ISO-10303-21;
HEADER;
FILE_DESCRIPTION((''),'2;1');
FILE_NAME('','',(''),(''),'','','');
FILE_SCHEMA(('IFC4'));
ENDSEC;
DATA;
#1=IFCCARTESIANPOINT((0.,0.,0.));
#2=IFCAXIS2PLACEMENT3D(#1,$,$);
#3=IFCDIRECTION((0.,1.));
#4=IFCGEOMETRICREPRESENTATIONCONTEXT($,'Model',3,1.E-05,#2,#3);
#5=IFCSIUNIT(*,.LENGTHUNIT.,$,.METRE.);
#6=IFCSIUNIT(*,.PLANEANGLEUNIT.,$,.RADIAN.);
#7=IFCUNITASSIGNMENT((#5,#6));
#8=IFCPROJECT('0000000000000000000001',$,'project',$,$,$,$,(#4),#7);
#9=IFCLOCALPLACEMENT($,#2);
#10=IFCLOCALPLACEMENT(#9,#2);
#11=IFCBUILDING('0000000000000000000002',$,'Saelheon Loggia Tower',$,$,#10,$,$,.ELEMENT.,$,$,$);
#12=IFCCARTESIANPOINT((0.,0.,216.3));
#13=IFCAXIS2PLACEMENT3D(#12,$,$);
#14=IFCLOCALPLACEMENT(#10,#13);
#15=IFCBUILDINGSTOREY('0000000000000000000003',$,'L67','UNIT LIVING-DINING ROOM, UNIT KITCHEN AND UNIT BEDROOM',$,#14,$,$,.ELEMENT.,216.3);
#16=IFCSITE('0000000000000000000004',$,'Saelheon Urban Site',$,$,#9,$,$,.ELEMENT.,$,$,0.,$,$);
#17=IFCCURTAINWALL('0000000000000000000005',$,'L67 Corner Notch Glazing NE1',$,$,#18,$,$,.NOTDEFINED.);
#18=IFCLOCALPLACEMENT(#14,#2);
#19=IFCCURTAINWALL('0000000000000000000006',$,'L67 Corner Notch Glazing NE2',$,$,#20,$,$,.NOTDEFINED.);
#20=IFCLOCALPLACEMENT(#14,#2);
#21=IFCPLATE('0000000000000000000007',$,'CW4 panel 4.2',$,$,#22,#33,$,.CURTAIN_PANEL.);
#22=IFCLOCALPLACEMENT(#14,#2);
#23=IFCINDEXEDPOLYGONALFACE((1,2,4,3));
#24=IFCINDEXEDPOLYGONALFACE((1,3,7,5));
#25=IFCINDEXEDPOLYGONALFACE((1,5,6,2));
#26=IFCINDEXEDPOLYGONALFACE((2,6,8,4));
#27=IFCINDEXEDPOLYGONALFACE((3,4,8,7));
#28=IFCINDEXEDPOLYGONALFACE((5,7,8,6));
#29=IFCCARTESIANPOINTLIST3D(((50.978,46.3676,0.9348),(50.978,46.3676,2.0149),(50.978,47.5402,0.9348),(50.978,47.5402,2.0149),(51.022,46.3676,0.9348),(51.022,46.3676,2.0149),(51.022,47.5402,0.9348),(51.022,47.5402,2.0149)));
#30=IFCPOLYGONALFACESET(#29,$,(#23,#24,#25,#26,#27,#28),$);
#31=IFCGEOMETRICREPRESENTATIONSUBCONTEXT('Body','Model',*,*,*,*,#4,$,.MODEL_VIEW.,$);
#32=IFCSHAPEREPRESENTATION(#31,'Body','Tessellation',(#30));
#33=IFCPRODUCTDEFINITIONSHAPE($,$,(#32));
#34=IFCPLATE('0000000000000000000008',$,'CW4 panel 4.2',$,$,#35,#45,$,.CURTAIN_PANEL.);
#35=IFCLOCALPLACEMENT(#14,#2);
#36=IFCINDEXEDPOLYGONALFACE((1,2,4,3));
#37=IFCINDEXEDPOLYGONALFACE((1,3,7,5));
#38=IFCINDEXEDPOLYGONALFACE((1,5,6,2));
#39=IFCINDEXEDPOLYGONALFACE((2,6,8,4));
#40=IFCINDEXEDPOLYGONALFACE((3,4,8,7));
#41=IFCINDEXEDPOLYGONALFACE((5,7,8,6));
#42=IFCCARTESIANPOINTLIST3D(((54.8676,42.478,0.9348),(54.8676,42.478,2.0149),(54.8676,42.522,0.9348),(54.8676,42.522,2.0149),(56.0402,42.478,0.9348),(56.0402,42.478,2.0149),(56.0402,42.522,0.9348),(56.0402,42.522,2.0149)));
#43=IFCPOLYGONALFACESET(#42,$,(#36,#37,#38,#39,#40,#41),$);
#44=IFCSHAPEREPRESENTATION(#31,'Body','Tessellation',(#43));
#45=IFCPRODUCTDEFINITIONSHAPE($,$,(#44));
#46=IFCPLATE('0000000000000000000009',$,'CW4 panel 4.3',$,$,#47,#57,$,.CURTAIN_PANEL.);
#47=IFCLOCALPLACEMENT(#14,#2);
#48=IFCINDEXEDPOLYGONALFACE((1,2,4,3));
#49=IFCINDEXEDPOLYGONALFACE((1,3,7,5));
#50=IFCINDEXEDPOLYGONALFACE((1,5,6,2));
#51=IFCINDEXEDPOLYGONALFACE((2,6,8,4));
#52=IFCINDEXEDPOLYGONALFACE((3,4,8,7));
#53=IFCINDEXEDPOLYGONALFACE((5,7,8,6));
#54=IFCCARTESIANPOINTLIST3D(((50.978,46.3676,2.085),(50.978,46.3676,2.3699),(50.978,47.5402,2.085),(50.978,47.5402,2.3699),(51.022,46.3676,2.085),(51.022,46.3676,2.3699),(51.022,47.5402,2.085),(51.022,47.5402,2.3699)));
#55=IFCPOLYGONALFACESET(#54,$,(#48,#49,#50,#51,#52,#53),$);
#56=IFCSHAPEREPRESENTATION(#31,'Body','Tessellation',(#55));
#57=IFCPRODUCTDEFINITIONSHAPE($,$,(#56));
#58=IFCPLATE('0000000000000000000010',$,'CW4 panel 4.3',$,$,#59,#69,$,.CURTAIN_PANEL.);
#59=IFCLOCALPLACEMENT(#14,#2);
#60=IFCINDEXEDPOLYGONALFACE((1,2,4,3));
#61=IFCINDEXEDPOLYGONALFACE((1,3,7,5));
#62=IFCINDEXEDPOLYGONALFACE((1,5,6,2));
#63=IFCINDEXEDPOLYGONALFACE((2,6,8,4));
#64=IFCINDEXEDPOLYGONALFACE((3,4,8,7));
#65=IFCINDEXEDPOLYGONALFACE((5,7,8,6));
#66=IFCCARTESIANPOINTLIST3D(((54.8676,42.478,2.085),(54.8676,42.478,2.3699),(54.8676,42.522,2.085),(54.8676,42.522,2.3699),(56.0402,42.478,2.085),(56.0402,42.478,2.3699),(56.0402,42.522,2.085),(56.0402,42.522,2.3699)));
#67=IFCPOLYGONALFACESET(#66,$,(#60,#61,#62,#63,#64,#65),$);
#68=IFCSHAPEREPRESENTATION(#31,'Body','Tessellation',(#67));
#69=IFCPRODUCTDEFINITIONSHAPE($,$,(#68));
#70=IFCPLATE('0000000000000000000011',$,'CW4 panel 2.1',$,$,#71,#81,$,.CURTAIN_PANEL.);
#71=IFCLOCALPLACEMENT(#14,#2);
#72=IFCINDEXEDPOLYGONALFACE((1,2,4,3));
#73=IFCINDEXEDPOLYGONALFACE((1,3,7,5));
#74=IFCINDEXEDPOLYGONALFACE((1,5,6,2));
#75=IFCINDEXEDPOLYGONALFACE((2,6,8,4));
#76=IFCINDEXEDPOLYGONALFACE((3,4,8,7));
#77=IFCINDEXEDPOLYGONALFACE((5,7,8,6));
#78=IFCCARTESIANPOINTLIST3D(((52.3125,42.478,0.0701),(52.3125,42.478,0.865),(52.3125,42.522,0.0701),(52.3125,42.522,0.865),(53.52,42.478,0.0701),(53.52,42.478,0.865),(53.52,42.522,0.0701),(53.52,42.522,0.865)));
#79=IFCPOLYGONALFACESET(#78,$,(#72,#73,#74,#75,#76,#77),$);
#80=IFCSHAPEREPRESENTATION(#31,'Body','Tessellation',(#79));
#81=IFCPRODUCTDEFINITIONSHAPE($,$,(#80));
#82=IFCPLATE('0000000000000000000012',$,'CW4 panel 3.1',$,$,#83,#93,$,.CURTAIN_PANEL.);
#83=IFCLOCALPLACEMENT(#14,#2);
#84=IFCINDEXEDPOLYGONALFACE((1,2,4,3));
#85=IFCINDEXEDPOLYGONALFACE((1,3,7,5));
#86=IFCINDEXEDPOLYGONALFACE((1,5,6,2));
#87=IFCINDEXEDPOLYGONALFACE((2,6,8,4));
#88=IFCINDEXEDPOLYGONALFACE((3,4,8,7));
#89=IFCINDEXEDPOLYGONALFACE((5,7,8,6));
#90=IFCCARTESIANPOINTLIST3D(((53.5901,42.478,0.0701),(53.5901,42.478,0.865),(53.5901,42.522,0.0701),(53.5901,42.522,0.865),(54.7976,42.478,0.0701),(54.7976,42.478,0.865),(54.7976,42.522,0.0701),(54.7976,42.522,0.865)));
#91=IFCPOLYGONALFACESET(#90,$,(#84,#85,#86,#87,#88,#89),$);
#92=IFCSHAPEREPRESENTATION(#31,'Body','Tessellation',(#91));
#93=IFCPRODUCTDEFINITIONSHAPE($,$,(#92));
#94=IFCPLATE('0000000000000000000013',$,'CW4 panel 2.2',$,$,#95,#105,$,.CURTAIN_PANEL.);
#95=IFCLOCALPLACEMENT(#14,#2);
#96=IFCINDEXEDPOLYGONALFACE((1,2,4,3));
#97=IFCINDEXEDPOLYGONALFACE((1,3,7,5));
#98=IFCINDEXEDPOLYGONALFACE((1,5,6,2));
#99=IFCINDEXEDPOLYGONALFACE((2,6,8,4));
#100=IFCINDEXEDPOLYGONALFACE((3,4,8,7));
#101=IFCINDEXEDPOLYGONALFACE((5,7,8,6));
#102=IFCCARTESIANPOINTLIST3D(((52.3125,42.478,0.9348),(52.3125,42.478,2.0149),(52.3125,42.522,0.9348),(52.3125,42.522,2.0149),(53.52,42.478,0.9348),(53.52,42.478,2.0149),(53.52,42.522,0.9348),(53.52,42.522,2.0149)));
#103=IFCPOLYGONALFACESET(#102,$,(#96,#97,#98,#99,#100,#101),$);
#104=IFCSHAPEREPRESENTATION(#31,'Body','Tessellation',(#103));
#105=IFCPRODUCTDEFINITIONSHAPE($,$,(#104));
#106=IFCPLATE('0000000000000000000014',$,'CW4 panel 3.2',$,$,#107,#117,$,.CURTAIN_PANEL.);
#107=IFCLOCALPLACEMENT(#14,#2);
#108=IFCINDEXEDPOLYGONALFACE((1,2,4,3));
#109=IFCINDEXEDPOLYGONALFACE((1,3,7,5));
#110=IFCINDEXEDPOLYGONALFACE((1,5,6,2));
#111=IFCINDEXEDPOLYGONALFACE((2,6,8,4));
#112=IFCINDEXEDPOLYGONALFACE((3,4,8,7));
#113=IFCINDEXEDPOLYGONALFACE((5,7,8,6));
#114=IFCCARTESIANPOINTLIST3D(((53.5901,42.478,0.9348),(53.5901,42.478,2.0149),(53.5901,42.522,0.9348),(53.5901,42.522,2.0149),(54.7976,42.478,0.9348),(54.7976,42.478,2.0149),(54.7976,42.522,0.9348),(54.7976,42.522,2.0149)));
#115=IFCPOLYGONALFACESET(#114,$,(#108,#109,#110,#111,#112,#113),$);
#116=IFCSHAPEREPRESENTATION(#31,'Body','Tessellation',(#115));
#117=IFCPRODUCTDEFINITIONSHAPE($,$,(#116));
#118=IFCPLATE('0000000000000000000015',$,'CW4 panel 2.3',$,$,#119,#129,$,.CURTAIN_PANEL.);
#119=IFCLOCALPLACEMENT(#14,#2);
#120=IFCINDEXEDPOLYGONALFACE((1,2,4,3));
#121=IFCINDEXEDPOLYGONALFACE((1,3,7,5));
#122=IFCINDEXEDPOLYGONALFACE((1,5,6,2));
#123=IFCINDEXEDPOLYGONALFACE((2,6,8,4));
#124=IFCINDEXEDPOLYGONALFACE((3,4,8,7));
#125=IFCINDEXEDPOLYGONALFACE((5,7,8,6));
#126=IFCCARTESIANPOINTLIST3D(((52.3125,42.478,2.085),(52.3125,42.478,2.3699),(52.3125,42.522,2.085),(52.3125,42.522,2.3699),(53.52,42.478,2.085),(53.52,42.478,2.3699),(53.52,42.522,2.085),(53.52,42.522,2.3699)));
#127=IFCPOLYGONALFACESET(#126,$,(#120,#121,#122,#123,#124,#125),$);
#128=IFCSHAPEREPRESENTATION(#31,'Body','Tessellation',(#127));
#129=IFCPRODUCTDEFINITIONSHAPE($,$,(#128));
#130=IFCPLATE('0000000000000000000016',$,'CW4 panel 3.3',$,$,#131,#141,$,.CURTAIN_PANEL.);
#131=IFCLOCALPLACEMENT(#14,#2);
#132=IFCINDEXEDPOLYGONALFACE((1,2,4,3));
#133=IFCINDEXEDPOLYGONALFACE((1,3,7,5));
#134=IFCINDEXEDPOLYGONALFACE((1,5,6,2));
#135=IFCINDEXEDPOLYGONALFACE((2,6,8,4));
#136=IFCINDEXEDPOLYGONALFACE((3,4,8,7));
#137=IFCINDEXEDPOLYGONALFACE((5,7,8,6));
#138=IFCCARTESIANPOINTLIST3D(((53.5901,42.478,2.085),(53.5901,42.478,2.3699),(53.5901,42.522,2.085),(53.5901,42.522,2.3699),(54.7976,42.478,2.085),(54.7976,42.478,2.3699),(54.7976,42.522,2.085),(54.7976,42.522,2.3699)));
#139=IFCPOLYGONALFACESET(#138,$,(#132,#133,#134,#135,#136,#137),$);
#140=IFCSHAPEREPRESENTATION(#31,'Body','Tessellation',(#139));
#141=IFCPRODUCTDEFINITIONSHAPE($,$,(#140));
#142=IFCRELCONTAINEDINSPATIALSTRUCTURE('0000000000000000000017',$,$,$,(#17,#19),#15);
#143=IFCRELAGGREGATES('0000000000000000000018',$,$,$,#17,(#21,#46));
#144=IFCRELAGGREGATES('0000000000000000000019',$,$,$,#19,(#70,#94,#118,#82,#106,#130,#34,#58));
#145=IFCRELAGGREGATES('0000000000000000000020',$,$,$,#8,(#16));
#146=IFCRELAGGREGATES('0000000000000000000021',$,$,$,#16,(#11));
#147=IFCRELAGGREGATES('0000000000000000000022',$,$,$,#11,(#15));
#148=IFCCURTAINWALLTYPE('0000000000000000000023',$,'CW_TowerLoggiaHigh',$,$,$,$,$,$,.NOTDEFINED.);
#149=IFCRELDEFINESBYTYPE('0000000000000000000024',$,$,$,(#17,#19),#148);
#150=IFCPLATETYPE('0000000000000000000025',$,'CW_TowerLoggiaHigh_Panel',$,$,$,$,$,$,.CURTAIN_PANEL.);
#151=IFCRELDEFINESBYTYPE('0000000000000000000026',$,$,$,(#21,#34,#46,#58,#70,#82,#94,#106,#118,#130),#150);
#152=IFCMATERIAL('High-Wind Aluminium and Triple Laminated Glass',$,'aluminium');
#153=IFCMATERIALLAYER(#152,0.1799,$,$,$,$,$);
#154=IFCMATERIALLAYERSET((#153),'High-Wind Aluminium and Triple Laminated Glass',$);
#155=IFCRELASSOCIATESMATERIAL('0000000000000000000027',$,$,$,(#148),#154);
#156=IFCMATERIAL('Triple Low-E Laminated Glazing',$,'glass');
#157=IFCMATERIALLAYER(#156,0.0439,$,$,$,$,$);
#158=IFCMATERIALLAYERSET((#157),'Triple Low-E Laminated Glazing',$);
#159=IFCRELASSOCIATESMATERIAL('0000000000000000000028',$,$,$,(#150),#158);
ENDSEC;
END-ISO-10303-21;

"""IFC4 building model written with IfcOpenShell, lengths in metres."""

from ifc_helpers import new_model, si_unit, direction, frame, origin, origin_2d, place, context, subcontext, project, spatial, rectangle, extrude, source, transform, mapped, material, layer, layer_set, type_object, element, aggregate, save


model = new_model("IFC4")

# Units and contexts
model_context = context("Model", 3, precision=1e-05, world=origin(), true_north=direction((0.0, 1.0)))
body_context = subcontext(model_context, "Body", "Model", "MODEL_VIEW")
ifc_project = project(units=[si_unit("LENGTHUNIT", "METRE"), si_unit("PLANEANGLEUNIT", "RADIAN")], contexts=[model_context])

# Site, building, storey
site_placement = place(None, origin())
site = spatial("IfcSite", under=ifc_project, at=site_placement, Name="Saelheon Urban Site", CompositionType="ELEMENT", RefElevation=0.0)
building_placement = place(site_placement, origin())
building = spatial("IfcBuilding", under=site, at=building_placement, Name="Saelheon Loggia Tower", CompositionType="ELEMENT")
storey_placement = place(building_placement, frame((0.0, 0.0, 216.3)))
storey = spatial("IfcBuildingStorey", under=building, at=storey_placement, Name="L67", Description="UNIT LIVING-DINING ROOM, UNIT KITCHEN AND UNIT BEDROOM", CompositionType="ELEMENT", Elevation=216.3)

# Curtain wall
ifc_material_1 = material(Name="High-Wind Aluminium and Triple Laminated Glass", Category="aluminium")
ifc_layer_1 = layer(ifc_material_1, 0.1799)
ifc_layer_set_1 = layer_set([ifc_layer_1], Name="High-Wind Aluminium and Triple Laminated Glass")
curtain_wall_type = type_object("IfcCurtainWallType", Name="CW_TowerLoggiaHigh", PredefinedType="NOTDEFINED", material=ifc_layer_set_1)
curtain_wall_1_placement = place(storey_placement, origin())
curtain_wall_1 = element("IfcCurtainWall", 1, at=curtain_wall_1_placement, inside=storey, type_object=curtain_wall_type, Name="L67 Corner Notch Glazing NE1", PredefinedType="NOTDEFINED")

# Curtain wall
curtain_wall_2_placement = place(storey_placement, origin())
curtain_wall_2 = element("IfcCurtainWall", 2, at=curtain_wall_2_placement, inside=storey, type_object=curtain_wall_type, Name="L67 Corner Notch Glazing NE2", PredefinedType="NOTDEFINED")

# Plates
ifc_material_2 = material(Name="Triple Low-E Laminated Glazing", Category="glass")
ifc_layer_2 = layer(ifc_material_2, 0.0439)
ifc_layer_set_2 = layer_set([ifc_layer_2], Name="Triple Low-E Laminated Glazing")
plate_type = type_object("IfcPlateType", Name="CW_TowerLoggiaHigh_Panel", PredefinedType="CURTAIN_PANEL", material=ifc_layer_set_2)
shared_shape_1 = source(origin(), body_context, "Body", "SweptSolid", [
    extrude(rectangle(XDim=1.1726, YDim=0.0439, at=origin_2d()), origin(), (0.0, 0.0, 1.0), 1.0801),
])
plate_1_placement = place(storey_placement, frame((51.0, 46.9539, 0.9348), z_axis=(0.0, 0.0, 1.0), x_axis=(0.0, 1.0, 0.0)))
plate_1 = element("IfcPlate", 3, at=plate_1_placement, type_object=plate_type, Name="CW4 panel 4.2", PredefinedType="CURTAIN_PANEL", context=body_context, shape_type="MappedRepresentation", body=[
    mapped(shared_shape_1, transform((0.0, 0.0, 0.0), scale=1.0)),
])
plate_2_placement = place(storey_placement, frame((55.4539, 42.5, 0.9348), z_axis=(0.0, 0.0, 1.0), x_axis=(1.0, 0.0, 0.0)))
plate_2 = element("IfcPlate", 4, at=plate_2_placement, type_object=plate_type, Name="CW4 panel 4.2", PredefinedType="CURTAIN_PANEL", context=body_context, shape_type="MappedRepresentation", body=[
    mapped(shared_shape_1, transform((0.0, 0.0, 0.0), scale=1.0)),
])
shared_shape_2 = source(origin(), body_context, "Body", "SweptSolid", [
    extrude(rectangle(XDim=1.1726, YDim=0.0439, at=origin_2d()), origin(), (0.0, 0.0, 1.0), 0.2849),
])
plate_3_placement = place(storey_placement, frame((51.0, 46.9539, 2.085), z_axis=(0.0, 0.0, 1.0), x_axis=(0.0, 1.0, 0.0)))
plate_3 = element("IfcPlate", 5, at=plate_3_placement, type_object=plate_type, Name="CW4 panel 4.3", PredefinedType="CURTAIN_PANEL", context=body_context, shape_type="MappedRepresentation", body=[
    mapped(shared_shape_2, transform((0.0, 0.0, 0.0), scale=1.0)),
])
aggregate(curtain_wall_1, [plate_1, plate_3])
plate_4_placement = place(storey_placement, frame((55.4539, 42.5, 2.085), z_axis=(0.0, 0.0, 1.0), x_axis=(1.0, 0.0, 0.0)))
plate_4 = element("IfcPlate", 6, at=plate_4_placement, type_object=plate_type, Name="CW4 panel 4.3", PredefinedType="CURTAIN_PANEL", context=body_context, shape_type="MappedRepresentation", body=[
    mapped(shared_shape_2, transform((0.0, 0.0, 0.0), scale=1.0)),
])
shared_shape_3 = source(origin(), body_context, "Body", "SweptSolid", [
    extrude(rectangle(XDim=1.2075, YDim=0.0439, at=origin_2d()), origin(), (0.0, 0.0, 1.0), 0.7949),
])
plate_5_placement = place(storey_placement, frame((52.9163, 42.5, 0.0701), z_axis=(0.0, 0.0, 1.0), x_axis=(1.0, 0.0, 0.0)))
plate_5 = element("IfcPlate", 7, at=plate_5_placement, type_object=plate_type, Name="CW4 panel 2.1", PredefinedType="CURTAIN_PANEL", context=body_context, shape_type="MappedRepresentation", body=[
    mapped(shared_shape_3, transform((0.0, 0.0, 0.0), scale=1.0)),
])
plate_6_placement = place(storey_placement, frame((54.1938, 42.5, 0.0701), z_axis=(0.0, 0.0, 1.0), x_axis=(1.0, 0.0, 0.0)))
plate_6 = element("IfcPlate", 8, at=plate_6_placement, type_object=plate_type, Name="CW4 panel 3.1", PredefinedType="CURTAIN_PANEL", context=body_context, shape_type="MappedRepresentation", body=[
    mapped(shared_shape_3, transform((0.0, 0.0, 0.0), scale=1.0)),
])
shared_shape_4 = source(origin(), body_context, "Body", "SweptSolid", [
    extrude(rectangle(XDim=1.2075, YDim=0.0439, at=origin_2d()), origin(), (0.0, 0.0, 1.0), 1.0801),
])
plate_7_placement = place(storey_placement, frame((52.9163, 42.5, 0.9348), z_axis=(0.0, 0.0, 1.0), x_axis=(1.0, 0.0, 0.0)))
plate_7 = element("IfcPlate", 9, at=plate_7_placement, type_object=plate_type, Name="CW4 panel 2.2", PredefinedType="CURTAIN_PANEL", context=body_context, shape_type="MappedRepresentation", body=[
    mapped(shared_shape_4, transform((0.0, 0.0, 0.0), scale=1.0)),
])
plate_8_placement = place(storey_placement, frame((54.1938, 42.5, 0.9348), z_axis=(0.0, 0.0, 1.0), x_axis=(1.0, 0.0, 0.0)))
plate_8 = element("IfcPlate", 10, at=plate_8_placement, type_object=plate_type, Name="CW4 panel 3.2", PredefinedType="CURTAIN_PANEL", context=body_context, shape_type="MappedRepresentation", body=[
    mapped(shared_shape_4, transform((0.0, 0.0, 0.0), scale=1.0)),
])
shared_shape_5 = source(origin(), body_context, "Body", "SweptSolid", [
    extrude(rectangle(XDim=1.2075, YDim=0.0439, at=origin_2d()), origin(), (0.0, 0.0, 1.0), 0.2849),
])
plate_9_placement = place(storey_placement, frame((52.9163, 42.5, 2.085), z_axis=(0.0, 0.0, 1.0), x_axis=(1.0, 0.0, 0.0)))
plate_9 = element("IfcPlate", 11, at=plate_9_placement, type_object=plate_type, Name="CW4 panel 2.3", PredefinedType="CURTAIN_PANEL", context=body_context, shape_type="MappedRepresentation", body=[
    mapped(shared_shape_5, transform((0.0, 0.0, 0.0), scale=1.0)),
])
plate_10_placement = place(storey_placement, frame((54.1938, 42.5, 2.085), z_axis=(0.0, 0.0, 1.0), x_axis=(1.0, 0.0, 0.0)))
plate_10 = element("IfcPlate", 12, at=plate_10_placement, type_object=plate_type, Name="CW4 panel 3.3", PredefinedType="CURTAIN_PANEL", context=body_context, shape_type="MappedRepresentation", body=[
    mapped(shared_shape_5, transform((0.0, 0.0, 0.0), scale=1.0)),
])
aggregate(curtain_wall_2, [plate_5, plate_7, plate_9, plate_6, plate_8, plate_10, plate_2, plate_4])

save(model, "model.ifc")
